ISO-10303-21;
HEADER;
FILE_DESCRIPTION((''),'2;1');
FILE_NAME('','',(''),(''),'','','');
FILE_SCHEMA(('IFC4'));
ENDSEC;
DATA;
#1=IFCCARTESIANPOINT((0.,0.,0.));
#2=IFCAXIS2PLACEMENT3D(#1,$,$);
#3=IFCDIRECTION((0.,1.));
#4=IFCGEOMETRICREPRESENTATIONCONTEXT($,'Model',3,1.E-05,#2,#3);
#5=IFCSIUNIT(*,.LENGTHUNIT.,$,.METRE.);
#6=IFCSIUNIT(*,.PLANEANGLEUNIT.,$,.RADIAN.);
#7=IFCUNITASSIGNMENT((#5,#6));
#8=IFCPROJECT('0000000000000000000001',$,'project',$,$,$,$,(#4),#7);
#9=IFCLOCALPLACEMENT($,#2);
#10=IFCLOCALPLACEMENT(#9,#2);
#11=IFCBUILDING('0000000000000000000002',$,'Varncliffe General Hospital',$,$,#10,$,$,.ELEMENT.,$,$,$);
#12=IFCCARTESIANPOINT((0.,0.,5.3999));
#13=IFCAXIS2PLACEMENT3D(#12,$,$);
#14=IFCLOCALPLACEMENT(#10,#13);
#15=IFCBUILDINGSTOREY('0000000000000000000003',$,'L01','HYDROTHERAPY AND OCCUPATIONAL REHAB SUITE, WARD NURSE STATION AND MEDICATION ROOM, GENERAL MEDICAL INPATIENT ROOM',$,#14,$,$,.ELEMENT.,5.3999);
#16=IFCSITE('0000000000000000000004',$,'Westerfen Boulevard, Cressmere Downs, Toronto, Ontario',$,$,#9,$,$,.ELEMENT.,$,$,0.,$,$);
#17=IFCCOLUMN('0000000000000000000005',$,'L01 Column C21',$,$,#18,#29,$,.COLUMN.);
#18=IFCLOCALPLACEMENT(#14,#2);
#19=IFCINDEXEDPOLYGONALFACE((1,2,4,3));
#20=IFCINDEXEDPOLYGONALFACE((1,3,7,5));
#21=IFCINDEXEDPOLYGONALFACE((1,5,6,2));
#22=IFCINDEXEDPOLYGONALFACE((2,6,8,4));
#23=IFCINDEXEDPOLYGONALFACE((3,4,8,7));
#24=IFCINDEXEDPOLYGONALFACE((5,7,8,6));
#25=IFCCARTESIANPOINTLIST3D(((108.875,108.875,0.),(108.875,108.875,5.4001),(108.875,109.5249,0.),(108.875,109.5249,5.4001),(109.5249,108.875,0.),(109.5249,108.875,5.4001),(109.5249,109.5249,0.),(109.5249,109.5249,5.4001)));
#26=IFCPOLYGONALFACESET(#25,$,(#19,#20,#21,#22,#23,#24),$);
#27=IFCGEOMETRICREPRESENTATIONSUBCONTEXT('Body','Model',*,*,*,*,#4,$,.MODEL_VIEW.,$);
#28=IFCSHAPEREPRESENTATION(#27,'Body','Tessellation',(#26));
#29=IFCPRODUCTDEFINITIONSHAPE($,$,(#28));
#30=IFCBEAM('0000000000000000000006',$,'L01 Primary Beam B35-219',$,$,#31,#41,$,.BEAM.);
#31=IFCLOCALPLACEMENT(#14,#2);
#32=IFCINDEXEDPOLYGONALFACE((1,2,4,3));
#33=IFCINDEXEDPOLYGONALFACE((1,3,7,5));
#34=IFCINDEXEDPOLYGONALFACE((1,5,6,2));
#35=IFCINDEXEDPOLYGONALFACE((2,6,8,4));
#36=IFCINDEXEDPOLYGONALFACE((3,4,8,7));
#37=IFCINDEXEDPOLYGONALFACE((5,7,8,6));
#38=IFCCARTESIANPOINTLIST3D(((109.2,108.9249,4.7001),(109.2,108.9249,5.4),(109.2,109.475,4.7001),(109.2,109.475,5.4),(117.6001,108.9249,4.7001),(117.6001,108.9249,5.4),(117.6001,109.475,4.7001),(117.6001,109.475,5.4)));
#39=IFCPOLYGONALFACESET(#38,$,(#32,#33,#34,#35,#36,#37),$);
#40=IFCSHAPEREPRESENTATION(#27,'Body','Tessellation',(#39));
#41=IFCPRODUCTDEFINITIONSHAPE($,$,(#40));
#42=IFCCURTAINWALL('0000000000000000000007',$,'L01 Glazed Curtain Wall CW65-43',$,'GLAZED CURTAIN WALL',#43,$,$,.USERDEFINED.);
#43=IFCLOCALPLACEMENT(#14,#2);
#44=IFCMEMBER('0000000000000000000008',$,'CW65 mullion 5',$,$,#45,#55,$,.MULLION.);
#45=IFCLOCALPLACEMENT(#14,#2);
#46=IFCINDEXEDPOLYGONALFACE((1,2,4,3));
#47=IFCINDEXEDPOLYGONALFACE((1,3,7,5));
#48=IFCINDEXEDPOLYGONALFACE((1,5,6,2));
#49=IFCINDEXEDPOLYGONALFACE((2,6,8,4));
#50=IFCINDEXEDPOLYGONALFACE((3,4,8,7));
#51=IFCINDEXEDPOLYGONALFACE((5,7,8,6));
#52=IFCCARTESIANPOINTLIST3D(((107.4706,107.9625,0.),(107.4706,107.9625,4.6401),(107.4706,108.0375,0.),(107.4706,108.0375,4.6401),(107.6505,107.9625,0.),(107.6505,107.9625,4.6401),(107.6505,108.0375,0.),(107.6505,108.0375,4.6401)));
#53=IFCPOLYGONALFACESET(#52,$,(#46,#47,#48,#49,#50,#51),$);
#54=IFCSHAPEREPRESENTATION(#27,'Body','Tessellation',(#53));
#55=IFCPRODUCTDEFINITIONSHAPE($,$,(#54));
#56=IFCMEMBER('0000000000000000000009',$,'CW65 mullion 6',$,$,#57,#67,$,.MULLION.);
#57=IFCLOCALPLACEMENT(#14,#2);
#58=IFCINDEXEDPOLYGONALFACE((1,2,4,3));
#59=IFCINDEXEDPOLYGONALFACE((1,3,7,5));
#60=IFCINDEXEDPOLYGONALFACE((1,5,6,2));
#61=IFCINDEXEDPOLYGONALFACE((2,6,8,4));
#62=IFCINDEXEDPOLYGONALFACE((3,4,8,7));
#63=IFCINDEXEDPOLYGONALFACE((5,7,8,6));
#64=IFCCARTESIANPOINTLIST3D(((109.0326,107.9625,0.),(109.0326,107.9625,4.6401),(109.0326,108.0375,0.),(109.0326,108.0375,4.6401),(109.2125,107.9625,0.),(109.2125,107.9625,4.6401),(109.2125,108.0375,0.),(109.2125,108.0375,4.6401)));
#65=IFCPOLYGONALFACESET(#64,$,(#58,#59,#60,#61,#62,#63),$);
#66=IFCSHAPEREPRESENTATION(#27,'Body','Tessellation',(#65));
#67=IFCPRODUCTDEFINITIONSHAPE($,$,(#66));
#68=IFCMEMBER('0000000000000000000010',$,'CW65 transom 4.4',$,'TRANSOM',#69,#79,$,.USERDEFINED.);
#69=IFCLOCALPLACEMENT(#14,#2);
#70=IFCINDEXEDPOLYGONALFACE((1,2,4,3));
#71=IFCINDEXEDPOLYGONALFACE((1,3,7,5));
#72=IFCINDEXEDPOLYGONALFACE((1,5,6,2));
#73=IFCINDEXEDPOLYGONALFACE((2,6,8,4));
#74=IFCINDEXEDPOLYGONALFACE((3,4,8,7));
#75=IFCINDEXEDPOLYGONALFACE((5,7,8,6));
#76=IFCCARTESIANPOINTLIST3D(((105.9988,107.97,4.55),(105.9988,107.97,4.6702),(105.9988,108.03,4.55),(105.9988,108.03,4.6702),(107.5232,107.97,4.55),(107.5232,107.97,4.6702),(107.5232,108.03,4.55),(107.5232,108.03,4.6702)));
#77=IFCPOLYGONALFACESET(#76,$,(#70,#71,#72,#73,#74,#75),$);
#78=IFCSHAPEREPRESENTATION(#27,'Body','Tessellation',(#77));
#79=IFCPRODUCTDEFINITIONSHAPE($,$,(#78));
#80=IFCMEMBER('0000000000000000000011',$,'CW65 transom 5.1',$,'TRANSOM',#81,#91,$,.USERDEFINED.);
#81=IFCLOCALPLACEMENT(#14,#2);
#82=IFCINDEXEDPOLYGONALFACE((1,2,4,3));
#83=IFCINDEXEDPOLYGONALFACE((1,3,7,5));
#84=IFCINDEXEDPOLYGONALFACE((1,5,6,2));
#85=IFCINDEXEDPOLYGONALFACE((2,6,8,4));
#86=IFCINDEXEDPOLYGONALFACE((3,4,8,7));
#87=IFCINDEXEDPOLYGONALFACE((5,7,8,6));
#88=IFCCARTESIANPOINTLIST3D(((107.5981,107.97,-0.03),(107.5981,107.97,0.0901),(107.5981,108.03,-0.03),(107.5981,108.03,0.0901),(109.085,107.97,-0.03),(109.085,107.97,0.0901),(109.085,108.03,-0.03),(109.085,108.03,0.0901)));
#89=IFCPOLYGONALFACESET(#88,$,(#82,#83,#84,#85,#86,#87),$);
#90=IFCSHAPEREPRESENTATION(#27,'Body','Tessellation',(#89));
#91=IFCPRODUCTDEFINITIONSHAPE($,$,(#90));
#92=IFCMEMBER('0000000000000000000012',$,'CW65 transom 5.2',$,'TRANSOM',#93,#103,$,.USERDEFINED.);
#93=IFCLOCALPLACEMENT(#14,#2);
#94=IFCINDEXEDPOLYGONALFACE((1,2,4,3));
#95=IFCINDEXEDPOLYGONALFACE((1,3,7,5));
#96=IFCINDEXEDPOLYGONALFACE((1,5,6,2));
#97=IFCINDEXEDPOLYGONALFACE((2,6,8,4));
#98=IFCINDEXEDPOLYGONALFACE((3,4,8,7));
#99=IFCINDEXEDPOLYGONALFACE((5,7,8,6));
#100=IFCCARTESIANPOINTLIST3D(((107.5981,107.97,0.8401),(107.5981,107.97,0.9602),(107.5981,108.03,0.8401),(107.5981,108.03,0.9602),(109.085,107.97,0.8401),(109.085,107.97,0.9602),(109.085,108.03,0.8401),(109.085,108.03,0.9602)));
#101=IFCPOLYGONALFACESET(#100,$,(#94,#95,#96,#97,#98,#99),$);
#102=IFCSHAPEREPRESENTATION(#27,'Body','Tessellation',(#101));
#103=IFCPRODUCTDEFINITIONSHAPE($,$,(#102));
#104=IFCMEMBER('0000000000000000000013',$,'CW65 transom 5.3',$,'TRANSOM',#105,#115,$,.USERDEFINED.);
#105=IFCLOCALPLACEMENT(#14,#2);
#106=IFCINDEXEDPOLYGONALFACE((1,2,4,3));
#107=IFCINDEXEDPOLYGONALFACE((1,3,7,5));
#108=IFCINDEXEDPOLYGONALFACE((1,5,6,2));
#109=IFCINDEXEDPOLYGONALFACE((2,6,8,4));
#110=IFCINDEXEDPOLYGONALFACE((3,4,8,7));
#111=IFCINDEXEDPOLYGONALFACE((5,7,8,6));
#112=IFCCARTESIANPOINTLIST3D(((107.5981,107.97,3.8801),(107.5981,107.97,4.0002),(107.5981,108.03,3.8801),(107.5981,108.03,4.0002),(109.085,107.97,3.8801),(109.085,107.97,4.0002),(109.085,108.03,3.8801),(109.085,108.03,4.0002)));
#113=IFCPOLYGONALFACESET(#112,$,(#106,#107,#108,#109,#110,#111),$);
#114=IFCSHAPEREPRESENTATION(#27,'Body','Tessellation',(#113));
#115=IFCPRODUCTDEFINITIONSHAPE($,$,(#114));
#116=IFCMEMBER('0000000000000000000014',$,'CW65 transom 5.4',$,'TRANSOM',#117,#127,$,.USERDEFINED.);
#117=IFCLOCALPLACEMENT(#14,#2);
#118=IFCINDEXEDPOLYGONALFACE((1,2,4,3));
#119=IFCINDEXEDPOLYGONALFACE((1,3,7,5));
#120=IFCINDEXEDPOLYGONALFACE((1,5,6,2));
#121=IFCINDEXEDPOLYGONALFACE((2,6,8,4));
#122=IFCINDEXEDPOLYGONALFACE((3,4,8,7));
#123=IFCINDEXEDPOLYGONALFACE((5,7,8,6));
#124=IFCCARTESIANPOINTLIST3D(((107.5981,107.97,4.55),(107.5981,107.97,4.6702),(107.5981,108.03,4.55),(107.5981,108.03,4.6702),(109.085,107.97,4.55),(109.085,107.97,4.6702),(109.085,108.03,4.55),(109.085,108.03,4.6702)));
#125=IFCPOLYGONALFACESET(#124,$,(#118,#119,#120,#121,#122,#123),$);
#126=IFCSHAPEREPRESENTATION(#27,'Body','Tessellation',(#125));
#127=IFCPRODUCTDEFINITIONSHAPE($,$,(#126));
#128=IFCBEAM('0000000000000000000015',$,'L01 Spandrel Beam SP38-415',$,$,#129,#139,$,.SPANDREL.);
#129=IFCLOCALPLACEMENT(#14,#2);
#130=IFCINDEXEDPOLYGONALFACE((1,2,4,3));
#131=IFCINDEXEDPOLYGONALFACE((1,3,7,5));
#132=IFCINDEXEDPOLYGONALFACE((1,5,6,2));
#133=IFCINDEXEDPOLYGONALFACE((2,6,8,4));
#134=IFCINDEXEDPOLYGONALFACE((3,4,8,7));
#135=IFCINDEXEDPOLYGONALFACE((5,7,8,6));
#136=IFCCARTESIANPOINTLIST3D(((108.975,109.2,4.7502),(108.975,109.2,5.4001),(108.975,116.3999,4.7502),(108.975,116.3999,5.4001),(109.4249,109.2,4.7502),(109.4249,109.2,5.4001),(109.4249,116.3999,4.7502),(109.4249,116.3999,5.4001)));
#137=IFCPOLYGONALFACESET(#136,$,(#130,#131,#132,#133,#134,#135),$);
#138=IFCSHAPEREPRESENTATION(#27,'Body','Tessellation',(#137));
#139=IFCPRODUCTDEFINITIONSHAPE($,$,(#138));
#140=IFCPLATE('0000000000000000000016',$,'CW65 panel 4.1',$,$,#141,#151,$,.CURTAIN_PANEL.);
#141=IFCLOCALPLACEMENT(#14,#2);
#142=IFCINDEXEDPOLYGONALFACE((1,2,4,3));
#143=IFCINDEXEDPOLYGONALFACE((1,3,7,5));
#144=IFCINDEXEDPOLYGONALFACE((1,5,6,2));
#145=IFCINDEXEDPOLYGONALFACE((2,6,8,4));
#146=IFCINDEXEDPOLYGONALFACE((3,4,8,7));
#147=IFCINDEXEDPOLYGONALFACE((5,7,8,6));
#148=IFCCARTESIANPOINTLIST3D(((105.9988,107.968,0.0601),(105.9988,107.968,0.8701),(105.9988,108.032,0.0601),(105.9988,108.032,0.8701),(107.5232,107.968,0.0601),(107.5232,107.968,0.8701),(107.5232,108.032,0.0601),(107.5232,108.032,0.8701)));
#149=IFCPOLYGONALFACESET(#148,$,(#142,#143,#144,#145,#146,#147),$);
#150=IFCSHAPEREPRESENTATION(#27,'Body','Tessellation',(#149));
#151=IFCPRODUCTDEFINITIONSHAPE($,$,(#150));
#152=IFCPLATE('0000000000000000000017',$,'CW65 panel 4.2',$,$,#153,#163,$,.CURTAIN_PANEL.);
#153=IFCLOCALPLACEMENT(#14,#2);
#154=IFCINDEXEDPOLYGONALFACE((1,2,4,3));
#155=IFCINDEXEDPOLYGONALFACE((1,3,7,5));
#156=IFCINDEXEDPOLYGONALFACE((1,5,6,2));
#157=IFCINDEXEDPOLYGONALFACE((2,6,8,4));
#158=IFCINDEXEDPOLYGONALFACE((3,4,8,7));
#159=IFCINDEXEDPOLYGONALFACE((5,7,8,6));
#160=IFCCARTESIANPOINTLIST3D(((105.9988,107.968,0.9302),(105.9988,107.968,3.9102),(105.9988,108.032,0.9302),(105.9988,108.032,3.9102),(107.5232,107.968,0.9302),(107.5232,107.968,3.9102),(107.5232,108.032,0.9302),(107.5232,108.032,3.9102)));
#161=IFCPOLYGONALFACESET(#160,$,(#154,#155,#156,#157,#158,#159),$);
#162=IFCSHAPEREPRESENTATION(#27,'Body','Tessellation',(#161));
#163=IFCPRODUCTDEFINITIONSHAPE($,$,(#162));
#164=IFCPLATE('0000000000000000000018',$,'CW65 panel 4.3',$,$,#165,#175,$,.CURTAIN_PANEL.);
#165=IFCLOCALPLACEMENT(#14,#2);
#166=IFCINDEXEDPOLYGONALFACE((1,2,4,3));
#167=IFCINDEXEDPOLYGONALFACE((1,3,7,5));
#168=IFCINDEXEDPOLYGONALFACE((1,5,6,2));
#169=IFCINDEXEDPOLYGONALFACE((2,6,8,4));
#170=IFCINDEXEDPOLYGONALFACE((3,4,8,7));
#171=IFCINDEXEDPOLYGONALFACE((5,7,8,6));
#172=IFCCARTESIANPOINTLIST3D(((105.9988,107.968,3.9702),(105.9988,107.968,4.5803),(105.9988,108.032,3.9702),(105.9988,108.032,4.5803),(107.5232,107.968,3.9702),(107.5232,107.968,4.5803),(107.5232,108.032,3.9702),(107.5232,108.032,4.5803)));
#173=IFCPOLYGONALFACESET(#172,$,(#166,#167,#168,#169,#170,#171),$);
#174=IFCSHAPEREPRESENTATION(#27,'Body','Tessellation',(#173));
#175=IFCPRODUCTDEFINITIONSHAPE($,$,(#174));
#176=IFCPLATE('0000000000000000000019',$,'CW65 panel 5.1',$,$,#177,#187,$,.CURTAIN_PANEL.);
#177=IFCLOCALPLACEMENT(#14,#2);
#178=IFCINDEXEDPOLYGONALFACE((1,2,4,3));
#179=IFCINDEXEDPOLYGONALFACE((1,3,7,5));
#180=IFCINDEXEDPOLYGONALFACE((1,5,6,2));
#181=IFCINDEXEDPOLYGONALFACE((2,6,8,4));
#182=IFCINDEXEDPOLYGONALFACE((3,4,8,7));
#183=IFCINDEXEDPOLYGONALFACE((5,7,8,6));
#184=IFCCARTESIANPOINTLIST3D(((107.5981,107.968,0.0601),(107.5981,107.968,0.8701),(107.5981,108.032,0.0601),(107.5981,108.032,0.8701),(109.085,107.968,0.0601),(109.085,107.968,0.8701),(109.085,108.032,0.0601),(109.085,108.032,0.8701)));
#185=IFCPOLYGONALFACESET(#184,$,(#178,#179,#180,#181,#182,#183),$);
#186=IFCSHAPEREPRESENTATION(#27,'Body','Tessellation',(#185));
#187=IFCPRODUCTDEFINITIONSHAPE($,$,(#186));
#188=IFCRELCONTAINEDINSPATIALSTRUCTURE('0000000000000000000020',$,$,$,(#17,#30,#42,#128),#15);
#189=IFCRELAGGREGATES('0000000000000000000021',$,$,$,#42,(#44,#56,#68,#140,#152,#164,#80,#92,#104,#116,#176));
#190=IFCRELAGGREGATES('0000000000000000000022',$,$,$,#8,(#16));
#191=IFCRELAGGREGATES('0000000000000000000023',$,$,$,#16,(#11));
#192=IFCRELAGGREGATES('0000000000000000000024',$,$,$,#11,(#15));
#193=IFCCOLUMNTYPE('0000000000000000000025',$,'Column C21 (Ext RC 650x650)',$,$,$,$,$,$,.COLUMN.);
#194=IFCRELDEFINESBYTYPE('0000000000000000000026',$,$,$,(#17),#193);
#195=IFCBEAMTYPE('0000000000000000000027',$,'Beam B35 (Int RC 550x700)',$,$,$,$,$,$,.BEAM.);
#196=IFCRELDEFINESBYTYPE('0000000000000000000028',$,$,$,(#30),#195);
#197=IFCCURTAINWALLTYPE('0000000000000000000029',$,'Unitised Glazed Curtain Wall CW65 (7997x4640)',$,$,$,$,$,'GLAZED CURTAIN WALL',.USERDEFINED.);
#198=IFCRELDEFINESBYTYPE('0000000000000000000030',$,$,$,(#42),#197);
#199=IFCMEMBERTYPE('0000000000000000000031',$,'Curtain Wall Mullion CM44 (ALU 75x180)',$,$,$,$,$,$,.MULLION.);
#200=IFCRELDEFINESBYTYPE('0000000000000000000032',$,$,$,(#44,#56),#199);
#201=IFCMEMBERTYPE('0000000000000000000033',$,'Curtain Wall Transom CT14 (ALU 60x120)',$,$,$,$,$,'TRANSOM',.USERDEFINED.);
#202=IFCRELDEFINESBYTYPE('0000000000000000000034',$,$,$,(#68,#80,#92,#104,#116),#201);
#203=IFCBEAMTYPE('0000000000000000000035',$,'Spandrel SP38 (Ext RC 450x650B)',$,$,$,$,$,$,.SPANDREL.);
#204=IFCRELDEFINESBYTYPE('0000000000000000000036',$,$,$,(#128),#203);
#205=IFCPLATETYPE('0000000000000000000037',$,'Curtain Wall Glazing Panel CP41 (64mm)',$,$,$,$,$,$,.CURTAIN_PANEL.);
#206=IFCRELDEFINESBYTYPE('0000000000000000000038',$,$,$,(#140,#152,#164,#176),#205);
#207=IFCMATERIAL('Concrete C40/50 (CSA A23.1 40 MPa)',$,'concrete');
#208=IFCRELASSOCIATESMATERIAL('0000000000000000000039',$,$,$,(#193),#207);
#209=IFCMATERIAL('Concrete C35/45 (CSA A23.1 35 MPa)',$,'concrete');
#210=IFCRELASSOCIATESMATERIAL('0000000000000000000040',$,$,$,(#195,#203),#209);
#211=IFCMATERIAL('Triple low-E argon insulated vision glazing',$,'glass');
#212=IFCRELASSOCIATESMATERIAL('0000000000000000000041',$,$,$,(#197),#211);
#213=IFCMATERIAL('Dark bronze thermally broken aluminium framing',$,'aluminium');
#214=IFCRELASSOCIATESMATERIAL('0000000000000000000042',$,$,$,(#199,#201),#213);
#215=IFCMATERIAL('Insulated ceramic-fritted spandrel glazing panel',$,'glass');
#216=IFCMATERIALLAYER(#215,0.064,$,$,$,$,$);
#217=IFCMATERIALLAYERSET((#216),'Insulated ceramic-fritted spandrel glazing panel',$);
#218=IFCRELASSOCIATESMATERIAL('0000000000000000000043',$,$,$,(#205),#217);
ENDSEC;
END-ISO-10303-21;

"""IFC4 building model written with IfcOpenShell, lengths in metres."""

from ifc_helpers import new_model, si_unit, direction, frame, origin, origin_2d, place, context, subcontext, project, spatial, rectangle, extrude, material, layer, layer_set, material_profile, profile_set, type_object, element, aggregate, save


model = new_model("IFC4")

# Units and contexts
model_context = context("Model", 3, precision=1e-05, world=origin(), true_north=direction((0.0, 1.0)))
body_context = subcontext(model_context, "Body", "Model", "MODEL_VIEW")
ifc_project = project(units=[si_unit("LENGTHUNIT", "METRE"), si_unit("PLANEANGLEUNIT", "RADIAN")], contexts=[model_context])

# Site, building, storey
site_placement = place(None, origin())
site = spatial("IfcSite", under=ifc_project, at=site_placement, Name="Westerfen Boulevard, Cressmere Downs, Toronto, Ontario", CompositionType="ELEMENT", RefElevation=0.0)
building_placement = place(site_placement, origin())
building = spatial("IfcBuilding", under=site, at=building_placement, Name="Varncliffe General Hospital", CompositionType="ELEMENT")
storey_placement = place(building_placement, frame((0.0, 0.0, 5.3999)))
storey = spatial("IfcBuildingStorey", under=building, at=storey_placement, Name="L01", Description="HYDROTHERAPY AND OCCUPATIONAL REHAB SUITE, WARD NURSE STATION AND MEDICATION ROOM, GENERAL MEDICAL INPATIENT ROOM", CompositionType="ELEMENT", Elevation=5.3999)

# Column
ifc_material_1 = material(Name="Concrete C40/50 (CSA A23.1 40 MPa)", Category="concrete")
ifc_material_profile_1 = material_profile(ifc_material_1, rectangle(XDim=0.6499, YDim=0.6499, at=origin_2d()), Name="RC 650x650")
ifc_profile_set_1 = profile_set([ifc_material_profile_1], Name="Concrete C40/50 (CSA A23.1 40 MPa)")
column_type = type_object("IfcColumnType", Name="Column C21 (Ext RC 650x650)", PredefinedType="COLUMN", material=ifc_profile_set_1)
column_placement = place(storey_placement, frame((109.2, 109.2, 0.0), z_axis=(0.0, 0.0, 1.0), x_axis=(1.0, 0.0, 0.0)))
element("IfcColumn", 1, at=column_placement, inside=storey, type_object=column_type, Name="L01 Column C21", PredefinedType="COLUMN", context=body_context, shape_type="SweptSolid", body=[
    extrude(rectangle(XDim=0.6499, YDim=0.6499, at=origin_2d()), origin(), (0.0, 0.0, 1.0), 5.4001),
])

# Beam
ifc_material_2 = material(Name="Concrete C35/45 (CSA A23.1 35 MPa)", Category="concrete")
ifc_material_profile_2 = material_profile(ifc_material_2, rectangle(XDim=0.55, YDim=0.7, at=origin_2d()), Name="RC 550x700")
ifc_profile_set_2 = profile_set([ifc_material_profile_2], Name="Concrete C35/45 (CSA A23.1 35 MPa)")
beam_type_1 = type_object("IfcBeamType", Name="Beam B35 (Int RC 550x700)", PredefinedType="BEAM", material=ifc_profile_set_2)
beam_1_placement = place(storey_placement, frame((109.2, 109.2, 5.05), z_axis=(1.0, 0.0, 0.0), x_axis=(0.0, 1.0, 0.0)))
element("IfcBeam", 2, at=beam_1_placement, inside=storey, type_object=beam_type_1, Name="L01 Primary Beam B35-219", PredefinedType="BEAM", context=body_context, shape_type="SweptSolid", body=[
    extrude(rectangle(XDim=0.55, YDim=0.7, at=origin_2d()), origin(), (0.0, 0.0, 1.0), 8.4001),
])

# Curtain wall, members
ifc_material_3 = material(Name="Triple low-E argon insulated vision glazing", Category="glass")
curtain_wall_type = type_object("IfcCurtainWallType", Name="Unitised Glazed Curtain Wall CW65 (7997x4640)", ElementType="GLAZED CURTAIN WALL", PredefinedType="USERDEFINED", material=ifc_material_3)
curtain_wall_placement = place(storey_placement, origin())
curtain_wall = element("IfcCurtainWall", 3, at=curtain_wall_placement, inside=storey, type_object=curtain_wall_type, Name="L01 Glazed Curtain Wall CW65-43", ObjectType="GLAZED CURTAIN WALL", PredefinedType="USERDEFINED")
ifc_material_4 = material(Name="Dark bronze thermally broken aluminium framing", Category="aluminium")
ifc_material_profile_3 = material_profile(ifc_material_4, rectangle(XDim=0.075, YDim=0.1799, at=origin_2d()), Name="ALU 75x180")
ifc_profile_set_3 = profile_set([ifc_material_profile_3], Name="Dark bronze thermally broken aluminium framing")
member_type_1 = type_object("IfcMemberType", Name="Curtain Wall Mullion CM44 (ALU 75x180)", PredefinedType="MULLION", material=ifc_profile_set_3)
member_1_placement = place(storey_placement, frame((107.5605, 108.0, 0.0), z_axis=(0.0, 0.0, 1.0), x_axis=(0.0, 1.0, 0.0)))
member_1 = element("IfcMember", 4, at=member_1_placement, type_object=member_type_1, Name="CW65 mullion 5", PredefinedType="MULLION", context=body_context, shape_type="SweptSolid", body=[
    extrude(rectangle(XDim=0.075, YDim=0.1799, at=origin_2d()), origin(), (0.0, 0.0, 1.0), 4.6401),
])
member_2_placement = place(storey_placement, frame((109.1226, 108.0, 0.0), z_axis=(0.0, 0.0, 1.0), x_axis=(0.0, 1.0, 0.0)))
member_2 = element("IfcMember", 5, at=member_2_placement, type_object=member_type_1, Name="CW65 mullion 6", PredefinedType="MULLION", context=body_context, shape_type="SweptSolid", body=[
    extrude(rectangle(XDim=0.075, YDim=0.1799, at=origin_2d()), origin(), (0.0, 0.0, 1.0), 4.6401),
])
ifc_material_profile_4 = material_profile(ifc_material_4, rectangle(XDim=0.0601, YDim=0.1201, at=origin_2d()), Name="ALU 60x120")
ifc_profile_set_4 = profile_set([ifc_material_profile_4], Name="Dark bronze thermally broken aluminium framing")
member_type_2 = type_object("IfcMemberType", Name="Curtain Wall Transom CT14 (ALU 60x120)", ElementType="TRANSOM", PredefinedType="USERDEFINED", material=ifc_profile_set_4)
member_3_placement = place(storey_placement, frame((105.9988, 108.0, 4.6101), z_axis=(1.0, 0.0, 0.0), x_axis=(0.0, 1.0, 0.0)))
member_3 = element("IfcMember", 6, at=member_3_placement, type_object=member_type_2, Name="CW65 transom 4.4", ObjectType="TRANSOM", PredefinedType="USERDEFINED", context=body_context, shape_type="SweptSolid", body=[
    extrude(rectangle(XDim=0.0601, YDim=0.1201, at=origin_2d()), origin(), (0.0, 0.0, 1.0), 1.5244),
])
member_4_placement = place(storey_placement, frame((107.5981, 108.0, 0.03), z_axis=(1.0, 0.0, 0.0), x_axis=(0.0, 1.0, 0.0)))
member_4 = element("IfcMember", 7, at=member_4_placement, type_object=member_type_2, Name="CW65 transom 5.1", ObjectType="TRANSOM", PredefinedType="USERDEFINED", context=body_context, shape_type="SweptSolid", body=[
    extrude(rectangle(XDim=0.0601, YDim=0.1201, at=origin_2d()), origin(), (0.0, 0.0, 1.0), 1.4868),
])
member_5_placement = place(storey_placement, frame((107.5981, 108.0, 0.9001), z_axis=(1.0, 0.0, 0.0), x_axis=(0.0, 1.0, 0.0)))
member_5 = element("IfcMember", 8, at=member_5_placement, type_object=member_type_2, Name="CW65 transom 5.2", ObjectType="TRANSOM", PredefinedType="USERDEFINED", context=body_context, shape_type="SweptSolid", body=[
    extrude(rectangle(XDim=0.0601, YDim=0.1201, at=origin_2d()), origin(), (0.0, 0.0, 1.0), 1.4868),
])
member_6_placement = place(storey_placement, frame((107.5981, 108.0, 3.9402), z_axis=(1.0, 0.0, 0.0), x_axis=(0.0, 1.0, 0.0)))
member_6 = element("IfcMember", 9, at=member_6_placement, type_object=member_type_2, Name="CW65 transom 5.3", ObjectType="TRANSOM", PredefinedType="USERDEFINED", context=body_context, shape_type="SweptSolid", body=[
    extrude(rectangle(XDim=0.0601, YDim=0.1201, at=origin_2d()), origin(), (0.0, 0.0, 1.0), 1.4868),
])
member_7_placement = place(storey_placement, frame((107.5981, 108.0, 4.6101), z_axis=(1.0, 0.0, 0.0), x_axis=(0.0, 1.0, 0.0)))
member_7 = element("IfcMember", 10, at=member_7_placement, type_object=member_type_2, Name="CW65 transom 5.4", ObjectType="TRANSOM", PredefinedType="USERDEFINED", context=body_context, shape_type="SweptSolid", body=[
    extrude(rectangle(XDim=0.0601, YDim=0.1201, at=origin_2d()), origin(), (0.0, 0.0, 1.0), 1.4868),
])

# Beam
ifc_material_profile_5 = material_profile(ifc_material_2, rectangle(XDim=0.45, YDim=0.6499, at=origin_2d()), Name="RC 450x650")
ifc_profile_set_5 = profile_set([ifc_material_profile_5], Name="Concrete C35/45 (CSA A23.1 35 MPa)")
beam_type_2 = type_object("IfcBeamType", Name="Spandrel SP38 (Ext RC 450x650B)", PredefinedType="SPANDREL", material=ifc_profile_set_5)
beam_2_placement = place(storey_placement, frame((109.2, 109.2, 5.0752), z_axis=(0.0, 1.0, 0.0), x_axis=(-1.0, 0.0, 0.0)))
element("IfcBeam", 11, at=beam_2_placement, inside=storey, type_object=beam_type_2, Name="L01 Spandrel Beam SP38-415", PredefinedType="SPANDREL", context=body_context, shape_type="SweptSolid", body=[
    extrude(rectangle(XDim=0.45, YDim=0.6499, at=origin_2d()), origin(), (0.0, 0.0, 1.0), 7.2),
])

# Plates
ifc_material_5 = material(Name="Insulated ceramic-fritted spandrel glazing panel", Category="glass")
ifc_layer_1 = layer(ifc_material_5, 0.064)
ifc_layer_set_1 = layer_set([ifc_layer_1], Name="Insulated ceramic-fritted spandrel glazing panel")
plate_type = type_object("IfcPlateType", Name="Curtain Wall Glazing Panel CP41 (64mm)", PredefinedType="CURTAIN_PANEL", material=ifc_layer_set_1)
plate_1_placement = place(storey_placement, frame((106.761, 108.0, 0.0601), z_axis=(0.0, 0.0, 1.0), x_axis=(1.0, 0.0, 0.0)))
plate_1 = element("IfcPlate", 12, at=plate_1_placement, type_object=plate_type, Name="CW65 panel 4.1", PredefinedType="CURTAIN_PANEL", context=body_context, shape_type="SweptSolid", body=[
    extrude(rectangle(XDim=1.5244, YDim=0.064, at=origin_2d()), origin(), (0.0, 0.0, 1.0), 0.8101),
])
plate_2_placement = place(storey_placement, frame((106.761, 108.0, 0.9302), z_axis=(0.0, 0.0, 1.0), x_axis=(1.0, 0.0, 0.0)))
plate_2 = element("IfcPlate", 13, at=plate_2_placement, type_object=plate_type, Name="CW65 panel 4.2", PredefinedType="CURTAIN_PANEL", context=body_context, shape_type="SweptSolid", body=[
    extrude(rectangle(XDim=1.5244, YDim=0.064, at=origin_2d()), origin(), (0.0, 0.0, 1.0), 2.98),
])
plate_3_placement = place(storey_placement, frame((106.761, 108.0, 3.9702), z_axis=(0.0, 0.0, 1.0), x_axis=(1.0, 0.0, 0.0)))
plate_3 = element("IfcPlate", 14, at=plate_3_placement, type_object=plate_type, Name="CW65 panel 4.3", PredefinedType="CURTAIN_PANEL", context=body_context, shape_type="SweptSolid", body=[
    extrude(rectangle(XDim=1.5244, YDim=0.064, at=origin_2d()), origin(), (0.0, 0.0, 1.0), 0.6101),
])
plate_4_placement = place(storey_placement, frame((108.3416, 108.0, 0.0601), z_axis=(0.0, 0.0, 1.0), x_axis=(1.0, 0.0, 0.0)))
plate_4 = element("IfcPlate", 15, at=plate_4_placement, type_object=plate_type, Name="CW65 panel 5.1", PredefinedType="CURTAIN_PANEL", context=body_context, shape_type="SweptSolid", body=[
    extrude(rectangle(XDim=1.4868, YDim=0.064, at=origin_2d()), origin(), (0.0, 0.0, 1.0), 0.8101),
])
aggregate(curtain_wall, [member_1, member_2, member_3, plate_1, plate_2, plate_3, member_4, member_5, member_6, member_7, plate_4])

save(model, "model.ifc")
